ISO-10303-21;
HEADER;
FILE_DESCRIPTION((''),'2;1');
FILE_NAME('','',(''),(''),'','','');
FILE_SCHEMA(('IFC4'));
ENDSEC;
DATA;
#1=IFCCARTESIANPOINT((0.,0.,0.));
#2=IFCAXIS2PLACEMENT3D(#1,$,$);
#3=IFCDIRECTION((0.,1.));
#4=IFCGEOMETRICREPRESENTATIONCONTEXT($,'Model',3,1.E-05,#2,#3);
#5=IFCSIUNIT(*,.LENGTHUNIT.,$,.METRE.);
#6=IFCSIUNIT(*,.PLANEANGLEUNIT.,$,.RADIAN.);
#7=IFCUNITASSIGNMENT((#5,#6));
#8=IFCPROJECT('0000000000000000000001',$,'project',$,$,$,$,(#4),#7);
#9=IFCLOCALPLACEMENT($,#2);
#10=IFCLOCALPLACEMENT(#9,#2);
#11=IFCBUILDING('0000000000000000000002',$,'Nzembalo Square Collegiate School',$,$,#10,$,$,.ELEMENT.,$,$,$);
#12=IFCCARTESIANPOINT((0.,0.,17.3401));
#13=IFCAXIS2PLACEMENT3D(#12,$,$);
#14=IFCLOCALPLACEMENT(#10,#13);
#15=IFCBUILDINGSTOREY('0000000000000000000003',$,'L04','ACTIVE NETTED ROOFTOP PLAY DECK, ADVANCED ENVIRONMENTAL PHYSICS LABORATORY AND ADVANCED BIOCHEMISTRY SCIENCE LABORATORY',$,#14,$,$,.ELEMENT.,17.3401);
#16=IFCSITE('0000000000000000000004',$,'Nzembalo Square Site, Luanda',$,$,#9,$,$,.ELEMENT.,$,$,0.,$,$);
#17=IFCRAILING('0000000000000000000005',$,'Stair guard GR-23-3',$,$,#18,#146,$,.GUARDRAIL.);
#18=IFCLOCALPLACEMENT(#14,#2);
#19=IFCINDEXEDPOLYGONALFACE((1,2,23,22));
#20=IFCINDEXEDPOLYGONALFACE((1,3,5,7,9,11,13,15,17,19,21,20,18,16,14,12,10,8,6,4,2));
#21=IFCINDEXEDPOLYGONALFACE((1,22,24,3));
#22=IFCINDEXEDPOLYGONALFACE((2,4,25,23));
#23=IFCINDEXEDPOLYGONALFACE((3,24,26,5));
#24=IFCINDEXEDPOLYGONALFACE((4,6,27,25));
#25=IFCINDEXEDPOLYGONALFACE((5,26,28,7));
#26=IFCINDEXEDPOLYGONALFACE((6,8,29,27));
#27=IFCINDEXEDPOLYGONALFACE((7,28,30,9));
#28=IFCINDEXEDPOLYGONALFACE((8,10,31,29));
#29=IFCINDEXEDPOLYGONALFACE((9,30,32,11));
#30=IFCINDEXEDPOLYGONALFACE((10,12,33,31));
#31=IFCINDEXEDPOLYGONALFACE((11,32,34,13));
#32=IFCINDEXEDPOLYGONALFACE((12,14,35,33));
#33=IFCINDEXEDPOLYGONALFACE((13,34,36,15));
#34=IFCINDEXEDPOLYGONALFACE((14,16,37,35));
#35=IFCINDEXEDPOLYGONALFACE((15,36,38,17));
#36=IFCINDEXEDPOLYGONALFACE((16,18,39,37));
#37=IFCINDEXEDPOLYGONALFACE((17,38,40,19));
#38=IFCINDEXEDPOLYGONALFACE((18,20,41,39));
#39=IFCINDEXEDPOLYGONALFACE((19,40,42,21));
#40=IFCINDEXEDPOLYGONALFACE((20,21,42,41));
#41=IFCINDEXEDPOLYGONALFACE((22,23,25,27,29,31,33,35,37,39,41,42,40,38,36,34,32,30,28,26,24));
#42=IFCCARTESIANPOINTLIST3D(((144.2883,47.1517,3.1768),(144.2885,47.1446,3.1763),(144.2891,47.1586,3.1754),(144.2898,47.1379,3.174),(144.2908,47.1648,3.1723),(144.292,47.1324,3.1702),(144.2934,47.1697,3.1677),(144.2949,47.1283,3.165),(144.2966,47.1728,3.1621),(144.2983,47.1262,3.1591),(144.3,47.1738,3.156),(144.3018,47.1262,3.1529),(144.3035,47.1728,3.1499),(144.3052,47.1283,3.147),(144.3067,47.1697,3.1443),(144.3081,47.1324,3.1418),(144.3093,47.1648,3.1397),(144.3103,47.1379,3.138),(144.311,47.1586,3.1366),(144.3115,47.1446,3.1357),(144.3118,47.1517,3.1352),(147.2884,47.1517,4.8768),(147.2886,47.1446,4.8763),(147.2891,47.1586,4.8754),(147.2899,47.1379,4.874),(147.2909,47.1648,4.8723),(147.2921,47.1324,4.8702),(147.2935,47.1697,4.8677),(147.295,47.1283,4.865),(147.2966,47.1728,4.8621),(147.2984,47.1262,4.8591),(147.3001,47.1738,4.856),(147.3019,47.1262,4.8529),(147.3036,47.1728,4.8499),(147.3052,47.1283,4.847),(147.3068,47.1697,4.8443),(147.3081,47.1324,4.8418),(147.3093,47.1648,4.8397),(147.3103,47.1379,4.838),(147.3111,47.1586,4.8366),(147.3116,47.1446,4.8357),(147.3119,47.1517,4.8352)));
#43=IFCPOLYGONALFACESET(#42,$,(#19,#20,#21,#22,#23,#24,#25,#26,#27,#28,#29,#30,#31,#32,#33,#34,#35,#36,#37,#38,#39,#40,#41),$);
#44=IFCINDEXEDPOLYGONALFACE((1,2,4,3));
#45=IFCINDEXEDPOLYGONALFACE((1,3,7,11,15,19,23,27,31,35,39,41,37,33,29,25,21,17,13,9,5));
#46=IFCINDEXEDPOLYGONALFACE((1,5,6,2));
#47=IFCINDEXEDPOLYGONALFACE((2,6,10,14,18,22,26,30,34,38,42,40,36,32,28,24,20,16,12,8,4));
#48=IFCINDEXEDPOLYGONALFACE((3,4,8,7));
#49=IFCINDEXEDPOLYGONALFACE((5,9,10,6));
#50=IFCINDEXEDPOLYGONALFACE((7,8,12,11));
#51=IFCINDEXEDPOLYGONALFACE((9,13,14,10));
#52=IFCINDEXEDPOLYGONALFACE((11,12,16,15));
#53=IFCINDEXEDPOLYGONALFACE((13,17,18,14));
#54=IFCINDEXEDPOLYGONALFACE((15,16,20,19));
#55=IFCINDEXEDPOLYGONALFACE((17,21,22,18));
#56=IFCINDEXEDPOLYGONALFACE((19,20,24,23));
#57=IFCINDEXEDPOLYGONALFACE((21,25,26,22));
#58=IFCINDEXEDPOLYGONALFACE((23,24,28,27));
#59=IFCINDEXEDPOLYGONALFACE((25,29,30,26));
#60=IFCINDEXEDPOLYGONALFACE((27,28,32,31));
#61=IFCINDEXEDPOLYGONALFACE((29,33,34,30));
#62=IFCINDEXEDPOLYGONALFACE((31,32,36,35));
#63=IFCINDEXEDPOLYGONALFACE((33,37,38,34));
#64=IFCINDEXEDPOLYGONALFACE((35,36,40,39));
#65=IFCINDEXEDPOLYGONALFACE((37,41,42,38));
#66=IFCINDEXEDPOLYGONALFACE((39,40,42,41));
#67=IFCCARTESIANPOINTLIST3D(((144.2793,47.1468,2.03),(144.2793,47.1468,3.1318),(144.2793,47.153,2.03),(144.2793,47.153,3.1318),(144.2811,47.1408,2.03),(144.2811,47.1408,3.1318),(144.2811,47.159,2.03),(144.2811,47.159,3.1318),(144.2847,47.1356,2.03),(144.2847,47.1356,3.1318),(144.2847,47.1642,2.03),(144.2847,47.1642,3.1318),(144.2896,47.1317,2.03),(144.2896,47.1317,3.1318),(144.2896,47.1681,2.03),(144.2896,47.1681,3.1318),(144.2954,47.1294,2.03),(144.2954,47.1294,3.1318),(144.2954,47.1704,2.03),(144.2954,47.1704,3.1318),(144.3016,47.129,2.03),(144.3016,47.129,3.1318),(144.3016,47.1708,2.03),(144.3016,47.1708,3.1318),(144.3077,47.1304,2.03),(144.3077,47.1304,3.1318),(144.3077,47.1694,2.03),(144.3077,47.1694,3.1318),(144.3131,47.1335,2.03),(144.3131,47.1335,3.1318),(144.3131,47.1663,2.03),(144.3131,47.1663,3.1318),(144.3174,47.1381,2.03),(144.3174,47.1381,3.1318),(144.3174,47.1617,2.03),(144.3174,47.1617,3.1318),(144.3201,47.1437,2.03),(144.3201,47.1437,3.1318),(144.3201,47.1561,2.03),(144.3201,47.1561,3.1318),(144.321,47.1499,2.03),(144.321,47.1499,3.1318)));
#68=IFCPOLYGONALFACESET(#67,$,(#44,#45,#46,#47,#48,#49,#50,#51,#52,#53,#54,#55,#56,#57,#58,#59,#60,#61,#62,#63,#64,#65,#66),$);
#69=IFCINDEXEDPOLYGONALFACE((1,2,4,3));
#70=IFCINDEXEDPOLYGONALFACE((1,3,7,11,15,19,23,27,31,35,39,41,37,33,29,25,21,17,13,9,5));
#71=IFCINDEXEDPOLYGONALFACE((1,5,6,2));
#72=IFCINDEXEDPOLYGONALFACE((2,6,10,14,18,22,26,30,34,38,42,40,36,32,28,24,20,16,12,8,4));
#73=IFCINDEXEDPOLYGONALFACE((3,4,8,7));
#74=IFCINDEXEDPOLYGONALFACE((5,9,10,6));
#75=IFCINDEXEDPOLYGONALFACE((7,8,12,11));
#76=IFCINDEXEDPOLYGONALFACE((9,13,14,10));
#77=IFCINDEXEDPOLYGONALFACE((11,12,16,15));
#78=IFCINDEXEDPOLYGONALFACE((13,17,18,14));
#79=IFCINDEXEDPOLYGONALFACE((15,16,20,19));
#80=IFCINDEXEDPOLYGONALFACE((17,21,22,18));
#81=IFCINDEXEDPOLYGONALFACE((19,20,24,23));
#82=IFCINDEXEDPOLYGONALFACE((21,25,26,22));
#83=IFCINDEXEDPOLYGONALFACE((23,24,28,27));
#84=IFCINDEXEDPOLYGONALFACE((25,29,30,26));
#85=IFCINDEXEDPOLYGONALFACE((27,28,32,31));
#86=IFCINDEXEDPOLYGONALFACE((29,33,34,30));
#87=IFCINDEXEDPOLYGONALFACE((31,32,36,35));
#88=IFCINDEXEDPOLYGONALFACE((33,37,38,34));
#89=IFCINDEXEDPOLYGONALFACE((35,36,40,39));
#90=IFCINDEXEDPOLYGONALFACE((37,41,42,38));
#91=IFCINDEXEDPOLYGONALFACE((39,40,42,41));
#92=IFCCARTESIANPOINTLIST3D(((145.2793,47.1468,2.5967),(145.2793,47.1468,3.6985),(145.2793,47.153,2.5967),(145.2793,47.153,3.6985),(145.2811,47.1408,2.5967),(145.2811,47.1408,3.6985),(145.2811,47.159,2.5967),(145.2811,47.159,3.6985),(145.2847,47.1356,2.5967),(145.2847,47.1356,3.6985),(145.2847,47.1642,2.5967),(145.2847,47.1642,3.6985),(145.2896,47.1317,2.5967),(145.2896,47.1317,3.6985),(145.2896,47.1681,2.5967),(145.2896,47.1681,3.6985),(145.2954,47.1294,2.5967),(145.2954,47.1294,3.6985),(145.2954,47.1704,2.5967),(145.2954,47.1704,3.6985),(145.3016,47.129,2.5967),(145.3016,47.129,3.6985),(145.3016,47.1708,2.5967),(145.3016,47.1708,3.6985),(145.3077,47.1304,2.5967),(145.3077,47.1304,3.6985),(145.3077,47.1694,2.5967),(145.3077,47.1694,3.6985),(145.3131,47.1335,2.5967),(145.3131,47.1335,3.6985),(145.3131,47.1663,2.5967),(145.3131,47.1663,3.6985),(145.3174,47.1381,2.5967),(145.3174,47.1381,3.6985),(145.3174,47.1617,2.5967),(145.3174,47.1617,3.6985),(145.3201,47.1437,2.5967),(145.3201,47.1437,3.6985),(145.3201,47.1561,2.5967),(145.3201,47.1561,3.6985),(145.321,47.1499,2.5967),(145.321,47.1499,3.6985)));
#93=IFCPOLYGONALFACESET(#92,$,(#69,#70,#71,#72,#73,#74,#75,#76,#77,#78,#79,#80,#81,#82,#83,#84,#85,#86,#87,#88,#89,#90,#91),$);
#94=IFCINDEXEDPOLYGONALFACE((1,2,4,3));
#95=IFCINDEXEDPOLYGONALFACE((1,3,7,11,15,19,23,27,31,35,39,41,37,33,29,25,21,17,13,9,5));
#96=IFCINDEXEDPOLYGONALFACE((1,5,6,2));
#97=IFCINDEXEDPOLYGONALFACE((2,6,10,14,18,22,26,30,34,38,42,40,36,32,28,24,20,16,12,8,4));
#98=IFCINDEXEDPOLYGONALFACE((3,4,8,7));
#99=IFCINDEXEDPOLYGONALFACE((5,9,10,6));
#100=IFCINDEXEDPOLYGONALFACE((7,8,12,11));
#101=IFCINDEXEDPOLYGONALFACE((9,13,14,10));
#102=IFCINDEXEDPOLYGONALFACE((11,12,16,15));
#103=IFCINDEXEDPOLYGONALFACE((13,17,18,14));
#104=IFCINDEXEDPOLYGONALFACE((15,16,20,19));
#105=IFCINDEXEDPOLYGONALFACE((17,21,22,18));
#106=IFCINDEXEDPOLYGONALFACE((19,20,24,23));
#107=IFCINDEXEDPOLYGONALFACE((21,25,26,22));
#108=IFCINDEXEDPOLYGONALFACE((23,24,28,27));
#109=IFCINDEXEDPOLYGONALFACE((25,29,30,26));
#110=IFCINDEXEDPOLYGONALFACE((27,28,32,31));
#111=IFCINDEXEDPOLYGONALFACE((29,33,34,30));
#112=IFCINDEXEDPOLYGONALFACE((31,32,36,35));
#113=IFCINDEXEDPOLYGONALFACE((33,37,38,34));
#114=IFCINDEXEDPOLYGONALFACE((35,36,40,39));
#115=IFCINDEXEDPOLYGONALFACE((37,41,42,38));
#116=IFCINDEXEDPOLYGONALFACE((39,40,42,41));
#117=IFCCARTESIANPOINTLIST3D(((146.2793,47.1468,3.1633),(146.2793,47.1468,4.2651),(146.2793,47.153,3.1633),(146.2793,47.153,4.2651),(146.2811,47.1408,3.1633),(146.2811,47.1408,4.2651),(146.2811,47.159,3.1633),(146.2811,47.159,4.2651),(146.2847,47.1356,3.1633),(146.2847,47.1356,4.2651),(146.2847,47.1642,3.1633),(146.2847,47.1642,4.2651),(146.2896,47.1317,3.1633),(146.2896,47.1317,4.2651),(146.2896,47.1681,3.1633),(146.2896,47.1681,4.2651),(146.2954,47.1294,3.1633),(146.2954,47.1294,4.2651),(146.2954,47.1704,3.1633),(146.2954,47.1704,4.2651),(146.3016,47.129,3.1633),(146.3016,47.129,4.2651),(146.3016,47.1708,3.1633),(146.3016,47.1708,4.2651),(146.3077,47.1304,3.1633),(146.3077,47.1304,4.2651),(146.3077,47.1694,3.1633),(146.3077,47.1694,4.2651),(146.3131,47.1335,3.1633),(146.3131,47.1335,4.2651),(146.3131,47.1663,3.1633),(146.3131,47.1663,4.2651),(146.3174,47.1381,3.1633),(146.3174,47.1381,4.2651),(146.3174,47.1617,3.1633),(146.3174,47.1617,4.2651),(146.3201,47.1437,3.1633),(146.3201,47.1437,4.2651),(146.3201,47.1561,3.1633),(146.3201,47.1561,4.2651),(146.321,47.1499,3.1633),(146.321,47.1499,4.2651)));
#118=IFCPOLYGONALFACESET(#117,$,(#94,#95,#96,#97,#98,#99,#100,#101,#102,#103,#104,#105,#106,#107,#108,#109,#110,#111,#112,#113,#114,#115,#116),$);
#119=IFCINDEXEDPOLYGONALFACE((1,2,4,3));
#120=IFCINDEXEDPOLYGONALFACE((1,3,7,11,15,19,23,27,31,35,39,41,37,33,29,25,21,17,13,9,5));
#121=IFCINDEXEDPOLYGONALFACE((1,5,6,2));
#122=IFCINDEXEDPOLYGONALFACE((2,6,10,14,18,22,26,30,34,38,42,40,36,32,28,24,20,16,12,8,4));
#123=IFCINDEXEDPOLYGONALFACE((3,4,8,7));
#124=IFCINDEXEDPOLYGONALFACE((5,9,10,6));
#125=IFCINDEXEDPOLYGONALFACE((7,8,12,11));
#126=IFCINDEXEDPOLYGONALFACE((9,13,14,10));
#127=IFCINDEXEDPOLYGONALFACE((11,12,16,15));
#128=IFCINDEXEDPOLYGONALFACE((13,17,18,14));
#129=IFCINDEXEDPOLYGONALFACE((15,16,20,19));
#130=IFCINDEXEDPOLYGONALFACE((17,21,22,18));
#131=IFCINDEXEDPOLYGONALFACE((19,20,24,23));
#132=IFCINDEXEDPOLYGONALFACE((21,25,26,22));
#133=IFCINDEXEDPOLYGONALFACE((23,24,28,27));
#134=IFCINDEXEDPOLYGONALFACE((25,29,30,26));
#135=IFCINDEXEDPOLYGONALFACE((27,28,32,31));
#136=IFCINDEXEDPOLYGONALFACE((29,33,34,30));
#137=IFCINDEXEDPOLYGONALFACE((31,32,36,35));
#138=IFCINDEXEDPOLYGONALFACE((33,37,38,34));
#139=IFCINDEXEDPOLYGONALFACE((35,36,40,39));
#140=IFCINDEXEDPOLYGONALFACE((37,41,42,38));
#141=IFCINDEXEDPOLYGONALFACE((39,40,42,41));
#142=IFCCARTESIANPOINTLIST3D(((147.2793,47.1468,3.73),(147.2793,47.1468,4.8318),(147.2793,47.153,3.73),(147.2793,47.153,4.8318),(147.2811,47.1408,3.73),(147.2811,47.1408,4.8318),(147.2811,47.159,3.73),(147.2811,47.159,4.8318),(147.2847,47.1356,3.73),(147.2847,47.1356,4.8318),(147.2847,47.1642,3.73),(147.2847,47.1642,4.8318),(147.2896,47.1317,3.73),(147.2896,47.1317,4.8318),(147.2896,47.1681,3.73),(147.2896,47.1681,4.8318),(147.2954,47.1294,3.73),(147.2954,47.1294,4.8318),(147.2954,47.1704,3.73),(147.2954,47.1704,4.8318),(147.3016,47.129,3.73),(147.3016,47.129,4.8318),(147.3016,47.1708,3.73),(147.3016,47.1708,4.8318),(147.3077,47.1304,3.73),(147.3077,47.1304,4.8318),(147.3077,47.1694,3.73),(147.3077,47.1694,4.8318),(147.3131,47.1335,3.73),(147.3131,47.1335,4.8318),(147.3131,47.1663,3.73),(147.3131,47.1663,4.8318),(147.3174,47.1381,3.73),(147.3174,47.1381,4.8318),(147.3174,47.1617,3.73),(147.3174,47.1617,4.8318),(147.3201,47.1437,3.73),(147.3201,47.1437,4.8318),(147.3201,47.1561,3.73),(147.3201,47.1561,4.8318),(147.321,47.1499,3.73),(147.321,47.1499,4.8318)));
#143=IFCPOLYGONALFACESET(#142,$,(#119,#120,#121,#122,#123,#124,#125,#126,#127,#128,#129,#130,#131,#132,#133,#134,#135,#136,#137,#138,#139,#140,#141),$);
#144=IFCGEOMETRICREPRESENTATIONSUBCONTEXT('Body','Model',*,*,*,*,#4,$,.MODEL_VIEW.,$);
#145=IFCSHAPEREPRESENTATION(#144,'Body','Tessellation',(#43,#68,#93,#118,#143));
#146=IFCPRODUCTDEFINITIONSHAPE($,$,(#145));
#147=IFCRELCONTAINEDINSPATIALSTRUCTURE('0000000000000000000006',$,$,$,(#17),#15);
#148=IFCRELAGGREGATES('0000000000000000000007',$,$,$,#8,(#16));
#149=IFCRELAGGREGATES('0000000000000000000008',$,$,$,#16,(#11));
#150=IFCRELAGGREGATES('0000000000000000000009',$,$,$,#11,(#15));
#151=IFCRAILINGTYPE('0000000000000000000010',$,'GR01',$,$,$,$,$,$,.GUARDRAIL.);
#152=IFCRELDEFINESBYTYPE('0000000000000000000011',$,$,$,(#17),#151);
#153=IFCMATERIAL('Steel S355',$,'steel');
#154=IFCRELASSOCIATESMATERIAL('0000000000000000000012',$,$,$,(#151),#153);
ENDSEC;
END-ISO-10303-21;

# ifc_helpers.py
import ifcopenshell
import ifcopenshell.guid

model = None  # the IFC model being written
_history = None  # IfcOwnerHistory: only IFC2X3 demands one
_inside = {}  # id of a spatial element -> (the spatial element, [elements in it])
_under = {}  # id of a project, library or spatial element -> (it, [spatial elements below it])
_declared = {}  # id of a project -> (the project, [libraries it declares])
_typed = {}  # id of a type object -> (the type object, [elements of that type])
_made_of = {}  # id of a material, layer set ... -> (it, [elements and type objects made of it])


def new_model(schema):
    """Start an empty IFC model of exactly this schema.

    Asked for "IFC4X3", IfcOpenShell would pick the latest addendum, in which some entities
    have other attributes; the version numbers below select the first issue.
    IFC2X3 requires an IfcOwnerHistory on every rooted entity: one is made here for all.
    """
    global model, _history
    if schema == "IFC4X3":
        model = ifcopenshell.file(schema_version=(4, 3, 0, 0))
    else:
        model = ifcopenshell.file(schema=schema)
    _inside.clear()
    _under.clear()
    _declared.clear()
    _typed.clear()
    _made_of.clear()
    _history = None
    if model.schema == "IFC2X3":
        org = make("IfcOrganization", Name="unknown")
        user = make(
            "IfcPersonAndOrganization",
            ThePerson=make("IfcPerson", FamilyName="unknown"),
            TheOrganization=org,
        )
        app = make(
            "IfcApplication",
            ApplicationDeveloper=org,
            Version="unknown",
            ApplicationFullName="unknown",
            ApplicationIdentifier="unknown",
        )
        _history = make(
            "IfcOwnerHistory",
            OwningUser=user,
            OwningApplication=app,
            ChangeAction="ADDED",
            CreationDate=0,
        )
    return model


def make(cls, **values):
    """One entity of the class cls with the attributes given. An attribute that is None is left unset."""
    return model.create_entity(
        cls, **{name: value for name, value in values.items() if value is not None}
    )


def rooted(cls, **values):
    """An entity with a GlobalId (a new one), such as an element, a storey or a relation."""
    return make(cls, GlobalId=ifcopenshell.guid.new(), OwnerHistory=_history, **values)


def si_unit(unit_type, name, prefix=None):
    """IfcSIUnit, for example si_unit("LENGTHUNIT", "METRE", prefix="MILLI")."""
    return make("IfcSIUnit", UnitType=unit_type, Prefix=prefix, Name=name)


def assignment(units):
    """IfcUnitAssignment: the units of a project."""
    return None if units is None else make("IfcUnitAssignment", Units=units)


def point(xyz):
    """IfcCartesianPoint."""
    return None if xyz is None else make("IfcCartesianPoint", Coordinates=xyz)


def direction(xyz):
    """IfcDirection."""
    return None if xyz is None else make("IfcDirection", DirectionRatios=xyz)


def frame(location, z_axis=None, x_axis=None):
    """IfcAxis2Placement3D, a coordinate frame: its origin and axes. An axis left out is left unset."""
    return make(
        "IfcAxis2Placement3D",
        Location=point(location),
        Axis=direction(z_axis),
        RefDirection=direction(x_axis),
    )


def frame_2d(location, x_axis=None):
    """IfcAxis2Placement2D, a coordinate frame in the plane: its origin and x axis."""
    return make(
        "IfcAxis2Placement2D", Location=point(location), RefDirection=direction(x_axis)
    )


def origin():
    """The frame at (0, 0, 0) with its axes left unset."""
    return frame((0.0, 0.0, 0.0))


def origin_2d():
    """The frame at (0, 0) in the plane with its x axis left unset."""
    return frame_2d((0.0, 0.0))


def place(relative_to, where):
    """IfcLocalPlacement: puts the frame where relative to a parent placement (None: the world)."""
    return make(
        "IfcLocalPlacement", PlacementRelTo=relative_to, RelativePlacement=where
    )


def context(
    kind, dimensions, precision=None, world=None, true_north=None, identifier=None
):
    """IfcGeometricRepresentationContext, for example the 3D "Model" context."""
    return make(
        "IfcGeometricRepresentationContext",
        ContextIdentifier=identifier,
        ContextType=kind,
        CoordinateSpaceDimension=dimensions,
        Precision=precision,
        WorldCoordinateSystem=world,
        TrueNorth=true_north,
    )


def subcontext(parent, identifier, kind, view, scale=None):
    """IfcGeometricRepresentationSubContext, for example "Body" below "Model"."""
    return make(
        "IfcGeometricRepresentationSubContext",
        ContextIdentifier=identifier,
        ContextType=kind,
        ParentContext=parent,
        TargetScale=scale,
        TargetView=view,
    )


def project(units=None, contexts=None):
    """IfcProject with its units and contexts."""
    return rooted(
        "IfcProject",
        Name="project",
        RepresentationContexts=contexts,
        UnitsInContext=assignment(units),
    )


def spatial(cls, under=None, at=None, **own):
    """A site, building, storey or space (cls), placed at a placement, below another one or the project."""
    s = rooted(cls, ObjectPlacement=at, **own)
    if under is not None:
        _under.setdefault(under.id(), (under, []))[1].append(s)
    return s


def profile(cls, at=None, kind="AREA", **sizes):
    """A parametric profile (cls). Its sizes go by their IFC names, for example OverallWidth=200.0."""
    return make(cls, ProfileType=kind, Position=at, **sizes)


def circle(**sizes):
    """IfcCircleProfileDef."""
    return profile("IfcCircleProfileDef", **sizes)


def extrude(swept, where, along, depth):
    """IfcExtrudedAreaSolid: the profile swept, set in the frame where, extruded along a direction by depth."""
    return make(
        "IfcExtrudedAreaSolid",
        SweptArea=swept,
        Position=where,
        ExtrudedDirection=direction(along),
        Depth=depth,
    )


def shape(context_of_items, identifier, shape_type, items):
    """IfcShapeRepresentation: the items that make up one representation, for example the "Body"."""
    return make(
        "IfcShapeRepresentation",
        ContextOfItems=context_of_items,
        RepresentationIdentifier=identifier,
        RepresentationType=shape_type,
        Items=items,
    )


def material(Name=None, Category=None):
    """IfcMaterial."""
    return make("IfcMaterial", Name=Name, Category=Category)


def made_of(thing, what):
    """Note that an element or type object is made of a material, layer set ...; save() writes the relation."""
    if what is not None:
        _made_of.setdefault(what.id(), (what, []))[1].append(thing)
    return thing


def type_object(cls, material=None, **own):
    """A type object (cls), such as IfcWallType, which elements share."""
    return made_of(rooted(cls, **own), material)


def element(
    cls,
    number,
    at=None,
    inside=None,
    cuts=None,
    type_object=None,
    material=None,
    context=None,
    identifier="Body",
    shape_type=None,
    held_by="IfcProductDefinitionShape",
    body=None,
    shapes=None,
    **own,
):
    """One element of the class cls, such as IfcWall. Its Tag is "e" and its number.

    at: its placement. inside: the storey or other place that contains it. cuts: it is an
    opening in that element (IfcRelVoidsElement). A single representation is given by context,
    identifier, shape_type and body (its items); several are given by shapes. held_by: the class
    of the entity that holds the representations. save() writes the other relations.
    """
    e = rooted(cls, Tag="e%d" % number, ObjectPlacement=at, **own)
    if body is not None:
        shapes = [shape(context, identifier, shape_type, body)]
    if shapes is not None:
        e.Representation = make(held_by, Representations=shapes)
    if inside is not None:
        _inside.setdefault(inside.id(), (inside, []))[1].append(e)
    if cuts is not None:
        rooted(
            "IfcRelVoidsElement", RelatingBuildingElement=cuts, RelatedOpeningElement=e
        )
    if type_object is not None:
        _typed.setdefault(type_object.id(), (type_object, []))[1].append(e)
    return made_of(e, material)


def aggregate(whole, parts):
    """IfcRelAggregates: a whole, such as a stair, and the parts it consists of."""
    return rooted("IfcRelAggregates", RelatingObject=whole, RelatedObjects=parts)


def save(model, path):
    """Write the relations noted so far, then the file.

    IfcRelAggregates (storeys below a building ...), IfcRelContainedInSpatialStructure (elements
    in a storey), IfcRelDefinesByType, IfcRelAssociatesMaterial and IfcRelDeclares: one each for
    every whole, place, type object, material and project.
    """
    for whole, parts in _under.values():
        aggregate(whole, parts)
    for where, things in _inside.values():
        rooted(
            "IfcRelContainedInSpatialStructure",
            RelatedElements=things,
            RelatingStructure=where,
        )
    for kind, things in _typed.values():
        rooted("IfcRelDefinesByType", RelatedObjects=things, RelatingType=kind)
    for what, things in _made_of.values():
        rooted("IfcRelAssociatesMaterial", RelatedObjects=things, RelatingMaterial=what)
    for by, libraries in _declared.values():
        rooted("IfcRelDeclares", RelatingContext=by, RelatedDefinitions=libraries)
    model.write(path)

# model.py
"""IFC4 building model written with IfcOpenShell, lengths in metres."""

from ifc_helpers import new_model, si_unit, direction, frame, origin, origin_2d, place, context, subcontext, project, spatial, circle, extrude, material, type_object, element, save


model = new_model("IFC4")

# Units and contexts
model_context = context("Model", 3, precision=1e-05, world=origin(), true_north=direction((0.0, 1.0)))
body_context = subcontext(model_context, "Body", "Model", "MODEL_VIEW")
ifc_project = project(units=[si_unit("LENGTHUNIT", "METRE"), si_unit("PLANEANGLEUNIT", "RADIAN")], contexts=[model_context])

# Site, building, storey
site_placement = place(None, origin())
site = spatial("IfcSite", under=ifc_project, at=site_placement, Name="Nzembalo Square Site, Luanda", CompositionType="ELEMENT", RefElevation=0.0)
building_placement = place(site_placement, origin())
building = spatial("IfcBuilding", under=site, at=building_placement, Name="Nzembalo Square Collegiate School", CompositionType="ELEMENT")
storey_placement = place(building_placement, frame((0.0, 0.0, 17.3401)))
storey = spatial("IfcBuildingStorey", under=building, at=storey_placement, Name="L04", Description="ACTIVE NETTED ROOFTOP PLAY DECK, ADVANCED ENVIRONMENTAL PHYSICS LABORATORY AND ADVANCED BIOCHEMISTRY SCIENCE LABORATORY", CompositionType="ELEMENT", Elevation=17.3401)

# Railing
ifc_material_1 = material(Name="Steel S355", Category="steel")
railing_type_1 = type_object("IfcRailingType", Name="GR01", PredefinedType="GUARDRAIL", material=ifc_material_1)
railing_1_placement = place(storey_placement, frame((144.3, 47.1499, 2.03)))
element("IfcRailing", 1, at=railing_1_placement, inside=storey, type_object=railing_type_1, Name="Stair guard GR-23-3", PredefinedType="GUARDRAIL", context=body_context, shape_type="SweptSolid", body=[
    extrude(circle(Radius=0.0239, at=origin_2d()), frame((0.0, 0.0, 1.126), z_axis=(0.870028, 0.0, 0.493002), x_axis=(0.0, 1.0, 0.0)), (0.0, 0.0, 1.0), 3.4482),
    extrude(circle(Radius=0.021, at=origin_2d()), origin(), (0.0, 0.0, 1.0), 1.1018),
    extrude(circle(Radius=0.021, at=origin_2d()), frame((1.0, 0.0, 0.5667)), (0.0, 0.0, 1.0), 1.1018),
    extrude(circle(Radius=0.021, at=origin_2d()), frame((2.0, 0.0, 1.1333)), (0.0, 0.0, 1.0), 1.1018),
    extrude(circle(Radius=0.021, at=origin_2d()), frame((3.0, 0.0, 1.7)), (0.0, 0.0, 1.0), 1.1018),
])

save(model, "model.ifc")
